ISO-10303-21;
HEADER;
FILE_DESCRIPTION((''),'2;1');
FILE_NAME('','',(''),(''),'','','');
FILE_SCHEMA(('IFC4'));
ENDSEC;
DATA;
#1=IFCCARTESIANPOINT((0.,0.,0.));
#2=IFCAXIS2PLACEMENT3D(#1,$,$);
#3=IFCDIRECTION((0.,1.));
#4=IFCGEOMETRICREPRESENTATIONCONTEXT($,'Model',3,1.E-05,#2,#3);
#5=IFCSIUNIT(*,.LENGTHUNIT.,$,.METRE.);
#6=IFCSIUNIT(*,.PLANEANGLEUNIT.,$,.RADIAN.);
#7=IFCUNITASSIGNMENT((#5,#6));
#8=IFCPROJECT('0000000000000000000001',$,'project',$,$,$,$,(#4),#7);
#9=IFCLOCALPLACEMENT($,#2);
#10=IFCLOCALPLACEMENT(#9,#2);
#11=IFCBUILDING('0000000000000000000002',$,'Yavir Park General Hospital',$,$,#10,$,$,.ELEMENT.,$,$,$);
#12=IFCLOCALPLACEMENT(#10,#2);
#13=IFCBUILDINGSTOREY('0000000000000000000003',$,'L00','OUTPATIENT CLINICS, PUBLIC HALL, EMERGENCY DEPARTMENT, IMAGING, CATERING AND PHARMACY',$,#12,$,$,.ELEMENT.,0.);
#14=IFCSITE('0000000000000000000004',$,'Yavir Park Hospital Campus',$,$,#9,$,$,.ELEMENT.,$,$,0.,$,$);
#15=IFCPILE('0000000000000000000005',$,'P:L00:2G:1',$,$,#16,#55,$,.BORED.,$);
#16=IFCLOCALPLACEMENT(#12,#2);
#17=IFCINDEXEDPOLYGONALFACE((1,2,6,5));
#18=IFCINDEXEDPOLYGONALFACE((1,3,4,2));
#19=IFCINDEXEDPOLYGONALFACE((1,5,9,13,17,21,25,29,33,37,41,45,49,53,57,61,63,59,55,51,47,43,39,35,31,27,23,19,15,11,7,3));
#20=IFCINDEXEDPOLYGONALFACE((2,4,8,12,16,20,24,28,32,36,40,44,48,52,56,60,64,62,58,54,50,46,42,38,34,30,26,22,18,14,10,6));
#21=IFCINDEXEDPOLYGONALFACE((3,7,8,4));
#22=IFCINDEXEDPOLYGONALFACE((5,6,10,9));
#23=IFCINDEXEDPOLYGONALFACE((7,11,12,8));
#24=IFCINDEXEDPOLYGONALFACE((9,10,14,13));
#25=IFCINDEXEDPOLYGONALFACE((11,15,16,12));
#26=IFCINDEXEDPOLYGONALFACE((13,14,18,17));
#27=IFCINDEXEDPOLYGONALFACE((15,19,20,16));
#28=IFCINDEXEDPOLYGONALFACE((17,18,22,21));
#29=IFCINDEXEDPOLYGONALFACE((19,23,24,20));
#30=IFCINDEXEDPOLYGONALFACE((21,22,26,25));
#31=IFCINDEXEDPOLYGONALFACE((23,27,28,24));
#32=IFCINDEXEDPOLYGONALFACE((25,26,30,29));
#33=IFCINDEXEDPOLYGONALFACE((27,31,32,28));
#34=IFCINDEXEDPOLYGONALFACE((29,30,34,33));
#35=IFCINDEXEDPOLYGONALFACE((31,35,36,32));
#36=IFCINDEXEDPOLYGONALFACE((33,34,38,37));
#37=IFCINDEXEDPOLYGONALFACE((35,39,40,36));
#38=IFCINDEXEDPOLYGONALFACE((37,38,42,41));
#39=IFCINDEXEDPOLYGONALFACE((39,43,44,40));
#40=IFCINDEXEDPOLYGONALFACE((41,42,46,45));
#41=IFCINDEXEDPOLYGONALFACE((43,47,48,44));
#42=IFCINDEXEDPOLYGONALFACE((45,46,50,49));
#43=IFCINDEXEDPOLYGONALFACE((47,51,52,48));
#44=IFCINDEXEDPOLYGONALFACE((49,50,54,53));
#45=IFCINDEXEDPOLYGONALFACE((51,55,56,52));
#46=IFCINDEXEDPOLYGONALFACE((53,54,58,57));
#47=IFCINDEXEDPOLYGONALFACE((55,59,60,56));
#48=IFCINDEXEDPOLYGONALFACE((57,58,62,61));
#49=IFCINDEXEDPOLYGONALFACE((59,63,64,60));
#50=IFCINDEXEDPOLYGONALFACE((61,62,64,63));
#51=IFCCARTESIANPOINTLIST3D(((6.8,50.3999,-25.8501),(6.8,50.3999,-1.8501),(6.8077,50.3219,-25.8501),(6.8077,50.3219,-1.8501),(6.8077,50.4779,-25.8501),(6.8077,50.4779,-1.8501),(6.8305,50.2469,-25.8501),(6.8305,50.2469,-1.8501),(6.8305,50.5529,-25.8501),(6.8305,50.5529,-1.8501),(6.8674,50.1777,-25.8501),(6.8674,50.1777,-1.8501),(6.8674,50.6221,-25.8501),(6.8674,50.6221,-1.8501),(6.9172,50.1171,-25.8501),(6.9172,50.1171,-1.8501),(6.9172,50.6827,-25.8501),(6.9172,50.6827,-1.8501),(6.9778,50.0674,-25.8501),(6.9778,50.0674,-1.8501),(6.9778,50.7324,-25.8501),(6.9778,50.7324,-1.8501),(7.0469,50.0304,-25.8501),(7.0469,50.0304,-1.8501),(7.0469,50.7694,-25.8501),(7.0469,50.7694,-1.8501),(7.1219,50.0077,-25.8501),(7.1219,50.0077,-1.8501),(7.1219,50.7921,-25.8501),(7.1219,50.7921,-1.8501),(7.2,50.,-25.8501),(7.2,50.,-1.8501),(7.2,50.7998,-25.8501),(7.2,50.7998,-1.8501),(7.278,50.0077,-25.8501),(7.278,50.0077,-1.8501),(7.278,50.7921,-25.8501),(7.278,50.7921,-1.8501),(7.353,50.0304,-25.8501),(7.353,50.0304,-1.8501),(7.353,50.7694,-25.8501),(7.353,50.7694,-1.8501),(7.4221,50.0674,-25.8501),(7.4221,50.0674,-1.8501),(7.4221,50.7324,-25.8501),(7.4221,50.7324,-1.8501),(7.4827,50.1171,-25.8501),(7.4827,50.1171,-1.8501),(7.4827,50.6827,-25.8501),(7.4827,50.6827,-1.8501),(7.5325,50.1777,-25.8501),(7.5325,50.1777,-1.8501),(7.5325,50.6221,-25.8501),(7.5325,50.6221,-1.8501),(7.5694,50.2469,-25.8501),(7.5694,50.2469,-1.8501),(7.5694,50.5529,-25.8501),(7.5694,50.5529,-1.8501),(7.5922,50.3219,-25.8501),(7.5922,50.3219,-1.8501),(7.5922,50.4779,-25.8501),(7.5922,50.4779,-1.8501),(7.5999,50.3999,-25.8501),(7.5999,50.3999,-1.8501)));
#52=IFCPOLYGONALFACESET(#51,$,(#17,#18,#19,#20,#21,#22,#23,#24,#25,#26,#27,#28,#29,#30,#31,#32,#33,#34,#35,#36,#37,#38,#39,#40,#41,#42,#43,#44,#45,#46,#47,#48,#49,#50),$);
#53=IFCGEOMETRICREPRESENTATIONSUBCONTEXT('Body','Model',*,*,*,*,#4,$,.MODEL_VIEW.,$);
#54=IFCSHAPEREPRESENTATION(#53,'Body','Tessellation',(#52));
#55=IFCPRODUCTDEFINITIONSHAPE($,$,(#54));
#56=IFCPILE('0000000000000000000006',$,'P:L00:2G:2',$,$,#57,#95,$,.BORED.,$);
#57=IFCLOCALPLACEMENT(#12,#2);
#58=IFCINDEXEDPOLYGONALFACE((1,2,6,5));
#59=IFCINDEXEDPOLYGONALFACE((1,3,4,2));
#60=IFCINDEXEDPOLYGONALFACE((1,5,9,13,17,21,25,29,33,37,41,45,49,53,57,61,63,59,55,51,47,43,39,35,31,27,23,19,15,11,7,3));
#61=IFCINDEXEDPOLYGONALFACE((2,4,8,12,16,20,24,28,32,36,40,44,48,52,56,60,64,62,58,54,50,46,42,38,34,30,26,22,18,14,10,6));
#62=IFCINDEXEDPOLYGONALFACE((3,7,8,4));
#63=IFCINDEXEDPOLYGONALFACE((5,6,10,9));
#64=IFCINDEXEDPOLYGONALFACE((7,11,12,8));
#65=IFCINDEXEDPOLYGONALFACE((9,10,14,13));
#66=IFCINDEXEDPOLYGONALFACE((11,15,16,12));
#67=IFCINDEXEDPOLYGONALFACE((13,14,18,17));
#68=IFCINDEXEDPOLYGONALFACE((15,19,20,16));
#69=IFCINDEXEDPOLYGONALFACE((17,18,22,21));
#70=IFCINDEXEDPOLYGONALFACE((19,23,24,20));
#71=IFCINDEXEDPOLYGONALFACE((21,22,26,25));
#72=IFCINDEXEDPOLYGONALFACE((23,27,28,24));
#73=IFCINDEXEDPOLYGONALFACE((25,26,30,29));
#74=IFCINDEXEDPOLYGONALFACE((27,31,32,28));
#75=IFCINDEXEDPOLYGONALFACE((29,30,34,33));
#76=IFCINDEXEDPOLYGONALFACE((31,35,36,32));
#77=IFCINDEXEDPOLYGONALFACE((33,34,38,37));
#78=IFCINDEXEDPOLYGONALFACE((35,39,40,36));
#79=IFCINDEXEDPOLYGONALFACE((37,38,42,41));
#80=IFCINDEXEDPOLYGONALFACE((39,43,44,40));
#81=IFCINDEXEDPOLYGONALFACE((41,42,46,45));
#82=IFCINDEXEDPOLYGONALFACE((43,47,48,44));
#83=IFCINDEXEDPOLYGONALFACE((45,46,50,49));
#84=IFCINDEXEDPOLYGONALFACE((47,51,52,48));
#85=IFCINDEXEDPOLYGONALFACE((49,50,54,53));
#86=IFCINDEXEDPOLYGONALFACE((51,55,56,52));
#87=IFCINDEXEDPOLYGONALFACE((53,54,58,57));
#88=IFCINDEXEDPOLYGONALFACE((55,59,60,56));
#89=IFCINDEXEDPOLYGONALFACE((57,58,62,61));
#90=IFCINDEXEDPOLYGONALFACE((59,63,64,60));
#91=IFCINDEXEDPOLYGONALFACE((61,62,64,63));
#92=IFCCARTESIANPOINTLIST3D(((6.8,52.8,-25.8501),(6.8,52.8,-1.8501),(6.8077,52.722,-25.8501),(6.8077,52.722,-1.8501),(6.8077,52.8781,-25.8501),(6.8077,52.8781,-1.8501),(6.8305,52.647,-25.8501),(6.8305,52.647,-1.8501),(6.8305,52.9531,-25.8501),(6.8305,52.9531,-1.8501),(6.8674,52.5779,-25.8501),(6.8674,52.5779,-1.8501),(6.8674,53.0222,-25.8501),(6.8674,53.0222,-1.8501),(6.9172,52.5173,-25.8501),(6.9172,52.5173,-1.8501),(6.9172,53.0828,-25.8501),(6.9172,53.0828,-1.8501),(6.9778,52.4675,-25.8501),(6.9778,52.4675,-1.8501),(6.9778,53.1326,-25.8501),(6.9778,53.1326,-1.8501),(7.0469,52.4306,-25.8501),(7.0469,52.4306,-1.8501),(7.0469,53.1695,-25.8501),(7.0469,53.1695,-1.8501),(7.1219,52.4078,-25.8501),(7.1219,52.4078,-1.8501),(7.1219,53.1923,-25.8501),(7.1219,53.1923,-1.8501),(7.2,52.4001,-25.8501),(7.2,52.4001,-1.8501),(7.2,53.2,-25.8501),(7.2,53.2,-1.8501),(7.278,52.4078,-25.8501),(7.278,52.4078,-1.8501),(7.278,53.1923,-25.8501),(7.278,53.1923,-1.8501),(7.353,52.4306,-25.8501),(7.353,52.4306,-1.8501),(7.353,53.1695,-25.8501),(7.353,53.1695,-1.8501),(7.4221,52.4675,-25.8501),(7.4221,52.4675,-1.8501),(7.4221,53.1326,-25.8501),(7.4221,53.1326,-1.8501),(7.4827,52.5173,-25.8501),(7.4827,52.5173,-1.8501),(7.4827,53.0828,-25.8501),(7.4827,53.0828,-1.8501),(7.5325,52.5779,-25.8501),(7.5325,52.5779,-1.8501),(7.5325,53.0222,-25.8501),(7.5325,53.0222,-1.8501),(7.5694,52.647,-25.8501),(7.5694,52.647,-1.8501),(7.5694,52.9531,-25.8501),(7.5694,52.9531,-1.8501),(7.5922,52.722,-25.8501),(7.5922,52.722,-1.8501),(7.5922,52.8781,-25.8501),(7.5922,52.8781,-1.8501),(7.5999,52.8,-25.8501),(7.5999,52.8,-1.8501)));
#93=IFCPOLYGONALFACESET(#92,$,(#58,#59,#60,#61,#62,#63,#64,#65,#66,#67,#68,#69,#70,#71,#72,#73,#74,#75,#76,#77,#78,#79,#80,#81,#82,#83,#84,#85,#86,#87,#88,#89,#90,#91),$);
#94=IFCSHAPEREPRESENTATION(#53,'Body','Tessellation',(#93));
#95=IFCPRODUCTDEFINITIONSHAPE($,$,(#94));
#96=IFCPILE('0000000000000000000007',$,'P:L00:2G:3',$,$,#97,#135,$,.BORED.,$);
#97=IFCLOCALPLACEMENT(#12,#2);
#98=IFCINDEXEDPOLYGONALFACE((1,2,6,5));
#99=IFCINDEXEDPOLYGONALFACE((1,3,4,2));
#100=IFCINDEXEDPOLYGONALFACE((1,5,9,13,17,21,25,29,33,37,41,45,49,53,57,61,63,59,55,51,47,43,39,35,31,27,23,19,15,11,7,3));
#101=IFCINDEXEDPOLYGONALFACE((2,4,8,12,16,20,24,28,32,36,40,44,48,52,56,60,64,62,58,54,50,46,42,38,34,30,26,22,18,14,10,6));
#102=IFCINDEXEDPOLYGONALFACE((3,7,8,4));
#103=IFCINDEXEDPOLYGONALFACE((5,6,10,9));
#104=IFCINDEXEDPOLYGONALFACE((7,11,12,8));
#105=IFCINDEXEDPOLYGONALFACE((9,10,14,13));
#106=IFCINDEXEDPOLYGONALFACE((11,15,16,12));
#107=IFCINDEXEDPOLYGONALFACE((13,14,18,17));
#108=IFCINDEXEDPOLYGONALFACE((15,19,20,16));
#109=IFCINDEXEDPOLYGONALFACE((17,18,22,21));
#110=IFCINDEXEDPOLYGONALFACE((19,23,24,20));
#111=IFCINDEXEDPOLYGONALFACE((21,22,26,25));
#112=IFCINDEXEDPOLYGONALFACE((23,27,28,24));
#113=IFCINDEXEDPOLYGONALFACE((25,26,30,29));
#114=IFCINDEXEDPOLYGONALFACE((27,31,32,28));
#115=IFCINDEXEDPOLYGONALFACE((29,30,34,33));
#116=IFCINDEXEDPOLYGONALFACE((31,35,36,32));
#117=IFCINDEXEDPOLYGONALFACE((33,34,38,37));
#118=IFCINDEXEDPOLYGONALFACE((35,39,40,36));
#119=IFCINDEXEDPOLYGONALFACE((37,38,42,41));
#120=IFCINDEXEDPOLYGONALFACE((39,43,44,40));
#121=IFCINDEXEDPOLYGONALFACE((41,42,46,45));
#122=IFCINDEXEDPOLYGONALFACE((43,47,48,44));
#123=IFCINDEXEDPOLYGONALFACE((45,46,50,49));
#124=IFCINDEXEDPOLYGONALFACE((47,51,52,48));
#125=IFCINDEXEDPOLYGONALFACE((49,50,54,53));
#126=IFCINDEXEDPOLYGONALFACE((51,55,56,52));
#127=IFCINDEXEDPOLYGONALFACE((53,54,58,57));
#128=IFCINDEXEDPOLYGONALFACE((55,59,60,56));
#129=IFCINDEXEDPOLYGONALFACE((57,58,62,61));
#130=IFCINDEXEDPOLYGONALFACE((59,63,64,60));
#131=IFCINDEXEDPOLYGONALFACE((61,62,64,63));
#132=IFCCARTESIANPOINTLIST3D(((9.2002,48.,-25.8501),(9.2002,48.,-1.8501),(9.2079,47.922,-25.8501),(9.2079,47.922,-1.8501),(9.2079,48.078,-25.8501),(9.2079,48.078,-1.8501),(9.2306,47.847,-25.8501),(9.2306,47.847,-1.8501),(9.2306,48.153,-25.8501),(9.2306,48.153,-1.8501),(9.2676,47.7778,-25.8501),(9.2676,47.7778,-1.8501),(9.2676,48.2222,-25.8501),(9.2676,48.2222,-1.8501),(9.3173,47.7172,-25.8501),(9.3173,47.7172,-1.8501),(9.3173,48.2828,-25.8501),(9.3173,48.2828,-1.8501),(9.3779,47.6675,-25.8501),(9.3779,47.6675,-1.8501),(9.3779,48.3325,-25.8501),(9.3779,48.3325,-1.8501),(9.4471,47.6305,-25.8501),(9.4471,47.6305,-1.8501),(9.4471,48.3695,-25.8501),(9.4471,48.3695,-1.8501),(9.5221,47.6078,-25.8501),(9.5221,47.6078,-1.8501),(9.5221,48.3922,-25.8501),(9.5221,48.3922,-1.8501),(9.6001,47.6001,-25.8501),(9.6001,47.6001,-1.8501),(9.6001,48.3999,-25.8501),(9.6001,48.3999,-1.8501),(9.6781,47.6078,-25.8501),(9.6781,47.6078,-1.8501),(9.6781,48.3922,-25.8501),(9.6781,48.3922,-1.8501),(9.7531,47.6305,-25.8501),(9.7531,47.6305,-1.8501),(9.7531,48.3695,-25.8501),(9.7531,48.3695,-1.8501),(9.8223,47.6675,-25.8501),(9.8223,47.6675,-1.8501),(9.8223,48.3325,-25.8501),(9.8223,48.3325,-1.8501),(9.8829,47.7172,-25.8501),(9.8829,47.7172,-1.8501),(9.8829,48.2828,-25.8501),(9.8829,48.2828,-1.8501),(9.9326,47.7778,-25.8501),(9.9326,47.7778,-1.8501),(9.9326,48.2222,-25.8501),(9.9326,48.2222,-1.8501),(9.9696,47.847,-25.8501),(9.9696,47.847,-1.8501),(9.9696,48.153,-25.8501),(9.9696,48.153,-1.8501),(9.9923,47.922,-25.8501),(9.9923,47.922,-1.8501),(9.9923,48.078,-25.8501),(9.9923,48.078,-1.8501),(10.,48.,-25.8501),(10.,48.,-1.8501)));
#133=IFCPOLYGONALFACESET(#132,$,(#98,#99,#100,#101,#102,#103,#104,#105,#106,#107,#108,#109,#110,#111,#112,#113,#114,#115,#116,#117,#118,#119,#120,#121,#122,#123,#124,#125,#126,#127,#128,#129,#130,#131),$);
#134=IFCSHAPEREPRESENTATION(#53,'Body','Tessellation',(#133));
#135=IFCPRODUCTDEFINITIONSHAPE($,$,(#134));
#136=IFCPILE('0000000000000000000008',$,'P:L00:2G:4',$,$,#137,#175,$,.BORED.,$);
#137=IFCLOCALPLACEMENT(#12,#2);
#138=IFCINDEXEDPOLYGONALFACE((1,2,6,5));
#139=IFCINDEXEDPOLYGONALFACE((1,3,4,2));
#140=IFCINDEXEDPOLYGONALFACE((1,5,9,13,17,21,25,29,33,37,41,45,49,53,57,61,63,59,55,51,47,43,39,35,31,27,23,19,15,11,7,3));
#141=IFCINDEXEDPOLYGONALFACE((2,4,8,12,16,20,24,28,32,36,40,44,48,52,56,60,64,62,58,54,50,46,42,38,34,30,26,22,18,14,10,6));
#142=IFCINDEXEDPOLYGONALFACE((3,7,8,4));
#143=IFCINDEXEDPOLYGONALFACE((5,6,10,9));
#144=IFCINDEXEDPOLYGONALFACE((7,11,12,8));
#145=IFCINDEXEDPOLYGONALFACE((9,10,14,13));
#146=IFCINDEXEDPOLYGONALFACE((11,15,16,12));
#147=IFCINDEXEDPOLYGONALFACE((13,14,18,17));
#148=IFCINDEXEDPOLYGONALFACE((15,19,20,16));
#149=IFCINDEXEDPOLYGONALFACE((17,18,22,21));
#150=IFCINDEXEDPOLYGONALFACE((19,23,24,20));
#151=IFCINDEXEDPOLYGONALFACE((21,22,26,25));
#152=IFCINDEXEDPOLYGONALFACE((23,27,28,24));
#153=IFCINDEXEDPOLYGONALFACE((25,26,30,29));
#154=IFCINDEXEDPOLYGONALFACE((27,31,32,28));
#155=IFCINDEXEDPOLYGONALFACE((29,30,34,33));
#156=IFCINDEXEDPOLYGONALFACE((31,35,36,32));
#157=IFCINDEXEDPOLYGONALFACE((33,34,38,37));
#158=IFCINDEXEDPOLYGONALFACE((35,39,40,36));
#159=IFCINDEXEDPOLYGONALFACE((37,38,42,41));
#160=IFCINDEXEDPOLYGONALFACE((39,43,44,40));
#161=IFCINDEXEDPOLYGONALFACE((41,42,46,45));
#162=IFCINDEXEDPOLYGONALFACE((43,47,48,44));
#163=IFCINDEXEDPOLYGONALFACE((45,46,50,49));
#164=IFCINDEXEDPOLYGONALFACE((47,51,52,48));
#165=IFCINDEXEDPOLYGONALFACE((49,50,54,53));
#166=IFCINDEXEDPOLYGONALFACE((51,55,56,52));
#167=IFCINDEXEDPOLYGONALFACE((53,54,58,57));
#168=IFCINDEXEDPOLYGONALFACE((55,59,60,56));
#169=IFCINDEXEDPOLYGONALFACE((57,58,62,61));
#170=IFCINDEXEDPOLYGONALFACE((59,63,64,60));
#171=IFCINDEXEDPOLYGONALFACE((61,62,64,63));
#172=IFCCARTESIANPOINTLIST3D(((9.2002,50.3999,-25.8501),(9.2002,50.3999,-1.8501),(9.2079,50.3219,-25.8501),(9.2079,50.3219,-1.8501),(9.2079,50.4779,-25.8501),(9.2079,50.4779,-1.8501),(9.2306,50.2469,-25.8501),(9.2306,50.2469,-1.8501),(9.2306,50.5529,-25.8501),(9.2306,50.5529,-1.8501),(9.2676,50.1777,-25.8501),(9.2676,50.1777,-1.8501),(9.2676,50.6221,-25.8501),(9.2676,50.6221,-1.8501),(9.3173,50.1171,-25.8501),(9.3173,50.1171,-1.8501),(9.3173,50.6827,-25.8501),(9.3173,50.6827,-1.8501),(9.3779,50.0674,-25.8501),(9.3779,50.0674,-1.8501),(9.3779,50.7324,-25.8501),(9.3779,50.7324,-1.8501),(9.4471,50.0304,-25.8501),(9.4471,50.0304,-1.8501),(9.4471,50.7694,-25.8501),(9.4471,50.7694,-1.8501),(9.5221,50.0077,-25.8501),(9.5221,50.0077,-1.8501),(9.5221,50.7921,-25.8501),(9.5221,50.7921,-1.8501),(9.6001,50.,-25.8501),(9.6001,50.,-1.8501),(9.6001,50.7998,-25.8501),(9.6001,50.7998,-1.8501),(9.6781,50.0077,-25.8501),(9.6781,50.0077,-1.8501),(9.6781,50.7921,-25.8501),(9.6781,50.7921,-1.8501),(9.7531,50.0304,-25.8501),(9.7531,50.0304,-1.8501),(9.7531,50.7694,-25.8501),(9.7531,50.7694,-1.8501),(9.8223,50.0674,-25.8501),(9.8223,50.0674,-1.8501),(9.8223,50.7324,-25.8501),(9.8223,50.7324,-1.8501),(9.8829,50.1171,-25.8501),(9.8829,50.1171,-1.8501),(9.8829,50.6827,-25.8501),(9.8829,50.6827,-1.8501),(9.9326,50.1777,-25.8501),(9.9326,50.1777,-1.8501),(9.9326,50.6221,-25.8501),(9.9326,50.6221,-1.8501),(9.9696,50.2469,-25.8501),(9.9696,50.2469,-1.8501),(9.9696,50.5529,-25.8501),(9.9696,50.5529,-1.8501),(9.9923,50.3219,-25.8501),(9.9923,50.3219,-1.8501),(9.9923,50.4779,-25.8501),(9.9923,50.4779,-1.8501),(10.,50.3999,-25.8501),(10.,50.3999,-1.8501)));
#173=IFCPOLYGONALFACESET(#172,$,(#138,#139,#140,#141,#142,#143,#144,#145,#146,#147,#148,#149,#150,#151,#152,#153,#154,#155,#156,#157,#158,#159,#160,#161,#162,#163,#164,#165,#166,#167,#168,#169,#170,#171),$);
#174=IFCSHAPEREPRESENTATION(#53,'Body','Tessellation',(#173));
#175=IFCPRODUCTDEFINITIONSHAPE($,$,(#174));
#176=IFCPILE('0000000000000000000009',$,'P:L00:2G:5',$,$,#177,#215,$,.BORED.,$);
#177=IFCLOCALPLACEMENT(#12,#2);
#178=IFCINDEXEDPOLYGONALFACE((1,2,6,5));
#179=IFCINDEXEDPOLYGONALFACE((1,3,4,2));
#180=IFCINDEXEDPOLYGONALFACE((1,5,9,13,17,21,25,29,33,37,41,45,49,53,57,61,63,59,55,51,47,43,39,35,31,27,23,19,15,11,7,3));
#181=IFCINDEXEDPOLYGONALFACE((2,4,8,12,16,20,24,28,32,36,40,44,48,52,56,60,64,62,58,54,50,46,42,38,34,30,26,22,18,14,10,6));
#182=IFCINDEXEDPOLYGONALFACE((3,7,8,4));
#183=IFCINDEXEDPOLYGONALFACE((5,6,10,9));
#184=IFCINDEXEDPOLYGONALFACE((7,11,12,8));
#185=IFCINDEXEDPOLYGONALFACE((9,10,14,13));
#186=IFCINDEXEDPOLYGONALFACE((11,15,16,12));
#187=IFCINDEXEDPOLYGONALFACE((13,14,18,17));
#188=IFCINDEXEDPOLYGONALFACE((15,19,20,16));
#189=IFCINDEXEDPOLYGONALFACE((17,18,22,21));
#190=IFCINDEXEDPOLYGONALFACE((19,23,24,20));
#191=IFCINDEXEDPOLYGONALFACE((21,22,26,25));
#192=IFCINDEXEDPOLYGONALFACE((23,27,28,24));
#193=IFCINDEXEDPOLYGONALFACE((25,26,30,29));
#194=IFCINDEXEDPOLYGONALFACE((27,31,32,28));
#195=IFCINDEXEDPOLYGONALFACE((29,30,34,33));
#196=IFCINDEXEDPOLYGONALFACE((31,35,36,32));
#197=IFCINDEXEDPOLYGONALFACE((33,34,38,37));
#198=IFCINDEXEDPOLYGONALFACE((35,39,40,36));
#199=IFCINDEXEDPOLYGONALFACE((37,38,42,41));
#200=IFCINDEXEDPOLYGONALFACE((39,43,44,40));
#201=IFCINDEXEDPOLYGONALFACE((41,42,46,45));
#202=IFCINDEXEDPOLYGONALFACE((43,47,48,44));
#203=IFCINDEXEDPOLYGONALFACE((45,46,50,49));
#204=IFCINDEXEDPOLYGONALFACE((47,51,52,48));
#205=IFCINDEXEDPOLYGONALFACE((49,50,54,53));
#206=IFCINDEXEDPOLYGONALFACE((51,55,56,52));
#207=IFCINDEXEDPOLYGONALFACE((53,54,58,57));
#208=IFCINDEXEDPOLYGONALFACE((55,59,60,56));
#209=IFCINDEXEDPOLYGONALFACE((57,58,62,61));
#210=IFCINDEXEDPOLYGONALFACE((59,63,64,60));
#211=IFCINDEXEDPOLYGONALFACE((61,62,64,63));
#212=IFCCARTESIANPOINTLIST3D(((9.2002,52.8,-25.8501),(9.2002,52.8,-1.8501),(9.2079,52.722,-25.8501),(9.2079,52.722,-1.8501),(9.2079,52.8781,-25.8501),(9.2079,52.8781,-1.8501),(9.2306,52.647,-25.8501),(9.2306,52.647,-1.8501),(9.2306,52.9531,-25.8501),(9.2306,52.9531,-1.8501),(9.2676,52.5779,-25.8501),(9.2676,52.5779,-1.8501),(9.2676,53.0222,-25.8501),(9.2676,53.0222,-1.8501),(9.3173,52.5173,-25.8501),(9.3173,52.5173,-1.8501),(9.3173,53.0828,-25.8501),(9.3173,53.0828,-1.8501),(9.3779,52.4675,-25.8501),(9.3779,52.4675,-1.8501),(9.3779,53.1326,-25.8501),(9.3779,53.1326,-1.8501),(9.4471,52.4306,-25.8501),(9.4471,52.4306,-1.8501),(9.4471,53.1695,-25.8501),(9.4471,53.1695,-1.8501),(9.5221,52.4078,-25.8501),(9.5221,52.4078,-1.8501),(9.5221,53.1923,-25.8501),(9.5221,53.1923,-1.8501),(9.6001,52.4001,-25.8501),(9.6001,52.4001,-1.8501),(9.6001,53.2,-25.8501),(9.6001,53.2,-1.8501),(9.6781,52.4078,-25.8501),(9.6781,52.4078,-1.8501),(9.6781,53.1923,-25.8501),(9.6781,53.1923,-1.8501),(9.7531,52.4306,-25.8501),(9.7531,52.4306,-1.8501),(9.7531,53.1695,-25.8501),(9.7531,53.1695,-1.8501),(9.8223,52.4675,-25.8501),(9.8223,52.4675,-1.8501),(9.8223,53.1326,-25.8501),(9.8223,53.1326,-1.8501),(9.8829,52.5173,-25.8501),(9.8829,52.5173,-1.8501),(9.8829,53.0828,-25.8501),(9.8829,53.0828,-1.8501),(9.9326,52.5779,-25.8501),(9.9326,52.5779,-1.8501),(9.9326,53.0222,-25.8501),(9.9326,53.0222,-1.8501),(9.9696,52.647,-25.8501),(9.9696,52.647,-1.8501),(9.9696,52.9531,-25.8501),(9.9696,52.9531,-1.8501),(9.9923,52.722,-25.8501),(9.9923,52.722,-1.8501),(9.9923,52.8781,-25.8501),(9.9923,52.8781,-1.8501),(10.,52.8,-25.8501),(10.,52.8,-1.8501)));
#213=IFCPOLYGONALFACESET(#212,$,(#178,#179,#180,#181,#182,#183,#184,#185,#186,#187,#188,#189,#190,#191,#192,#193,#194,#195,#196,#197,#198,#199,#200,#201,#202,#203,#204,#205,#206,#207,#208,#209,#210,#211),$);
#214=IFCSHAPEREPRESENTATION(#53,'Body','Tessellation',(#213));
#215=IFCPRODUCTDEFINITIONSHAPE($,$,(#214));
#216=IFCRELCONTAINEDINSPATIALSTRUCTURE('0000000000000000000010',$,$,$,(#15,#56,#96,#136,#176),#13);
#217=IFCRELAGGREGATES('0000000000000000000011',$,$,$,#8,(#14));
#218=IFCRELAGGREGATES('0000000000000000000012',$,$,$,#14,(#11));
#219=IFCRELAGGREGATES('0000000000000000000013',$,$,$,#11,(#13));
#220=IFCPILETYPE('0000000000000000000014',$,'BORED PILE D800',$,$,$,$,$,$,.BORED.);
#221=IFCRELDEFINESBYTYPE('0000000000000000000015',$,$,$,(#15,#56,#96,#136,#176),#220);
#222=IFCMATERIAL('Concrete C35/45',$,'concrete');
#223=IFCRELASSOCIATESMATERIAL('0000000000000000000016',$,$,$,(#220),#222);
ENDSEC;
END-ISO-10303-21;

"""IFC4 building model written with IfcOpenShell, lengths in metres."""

from ifc_helpers import new_model, si_unit, direction, frame, origin, origin_2d, place, context, subcontext, project, spatial, circle, extrude, material, material_profile, profile_set, type_object, element, save


model = new_model("IFC4")

# Units and contexts
model_context = context("Model", 3, precision=1e-05, world=origin(), true_north=direction((0.0, 1.0)))
body_context = subcontext(model_context, "Body", "Model", "MODEL_VIEW")
ifc_project = project(units=[si_unit("LENGTHUNIT", "METRE"), si_unit("PLANEANGLEUNIT", "RADIAN")], contexts=[model_context])

# Site, building, storey
site_placement = place(None, origin())
site = spatial("IfcSite", under=ifc_project, at=site_placement, Name="Yavir Park Hospital Campus", CompositionType="ELEMENT", RefElevation=0.0)
building_placement = place(site_placement, origin())
building = spatial("IfcBuilding", under=site, at=building_placement, Name="Yavir Park General Hospital", CompositionType="ELEMENT")
storey_placement = place(building_placement, origin())
storey = spatial("IfcBuildingStorey", under=building, at=storey_placement, Name="L00", Description="OUTPATIENT CLINICS, PUBLIC HALL, EMERGENCY DEPARTMENT, IMAGING, CATERING AND PHARMACY", CompositionType="ELEMENT", Elevation=0.0)

# Piles
ifc_material_1 = material(Name="Concrete C35/45", Category="concrete")
ifc_material_profile_1 = material_profile(ifc_material_1, circle(Radius=0.3999, at=origin_2d()), Name="D800")
ifc_profile_set_1 = profile_set([ifc_material_profile_1], Name="Concrete C35/45")
pile_type_1 = type_object("IfcPileType", Name="BORED PILE D800", PredefinedType="BORED", material=ifc_profile_set_1)
for number, where, z_axis, x_axis, name in (
    (1, (7.2, 50.3999, -1.8501), (0.0, 0.0, -1.0), (1.0, 0.0, 0.0), "P:L00:2G:1"),
    (2, (7.2, 52.8, -1.8501), (0.0, 0.0, -1.0), (1.0, 0.0, 0.0), "P:L00:2G:2"),
    (3, (9.6001, 48.0, -1.8501), (0.0, 0.0, -1.0), (1.0, 0.0, 0.0), "P:L00:2G:3"),
    (4, (9.6001, 50.3999, -1.8501), (0.0, 0.0, -1.0), (1.0, 0.0, 0.0), "P:L00:2G:4"),
    (5, (9.6001, 52.8, -1.8501), (0.0, 0.0, -1.0), (1.0, 0.0, 0.0), "P:L00:2G:5"),
):
    element("IfcPile", number, at=place(storey_placement, frame(where, z_axis=z_axis, x_axis=x_axis)), inside=storey, type_object=pile_type_1, Name=name, PredefinedType="BORED", context=body_context, shape_type="SweptSolid", body=[
        extrude(circle(Radius=0.3999, at=origin_2d()), origin(), (0.0, 0.0, 1.0), 24.0),
    ])

save(model, "model.ifc")
